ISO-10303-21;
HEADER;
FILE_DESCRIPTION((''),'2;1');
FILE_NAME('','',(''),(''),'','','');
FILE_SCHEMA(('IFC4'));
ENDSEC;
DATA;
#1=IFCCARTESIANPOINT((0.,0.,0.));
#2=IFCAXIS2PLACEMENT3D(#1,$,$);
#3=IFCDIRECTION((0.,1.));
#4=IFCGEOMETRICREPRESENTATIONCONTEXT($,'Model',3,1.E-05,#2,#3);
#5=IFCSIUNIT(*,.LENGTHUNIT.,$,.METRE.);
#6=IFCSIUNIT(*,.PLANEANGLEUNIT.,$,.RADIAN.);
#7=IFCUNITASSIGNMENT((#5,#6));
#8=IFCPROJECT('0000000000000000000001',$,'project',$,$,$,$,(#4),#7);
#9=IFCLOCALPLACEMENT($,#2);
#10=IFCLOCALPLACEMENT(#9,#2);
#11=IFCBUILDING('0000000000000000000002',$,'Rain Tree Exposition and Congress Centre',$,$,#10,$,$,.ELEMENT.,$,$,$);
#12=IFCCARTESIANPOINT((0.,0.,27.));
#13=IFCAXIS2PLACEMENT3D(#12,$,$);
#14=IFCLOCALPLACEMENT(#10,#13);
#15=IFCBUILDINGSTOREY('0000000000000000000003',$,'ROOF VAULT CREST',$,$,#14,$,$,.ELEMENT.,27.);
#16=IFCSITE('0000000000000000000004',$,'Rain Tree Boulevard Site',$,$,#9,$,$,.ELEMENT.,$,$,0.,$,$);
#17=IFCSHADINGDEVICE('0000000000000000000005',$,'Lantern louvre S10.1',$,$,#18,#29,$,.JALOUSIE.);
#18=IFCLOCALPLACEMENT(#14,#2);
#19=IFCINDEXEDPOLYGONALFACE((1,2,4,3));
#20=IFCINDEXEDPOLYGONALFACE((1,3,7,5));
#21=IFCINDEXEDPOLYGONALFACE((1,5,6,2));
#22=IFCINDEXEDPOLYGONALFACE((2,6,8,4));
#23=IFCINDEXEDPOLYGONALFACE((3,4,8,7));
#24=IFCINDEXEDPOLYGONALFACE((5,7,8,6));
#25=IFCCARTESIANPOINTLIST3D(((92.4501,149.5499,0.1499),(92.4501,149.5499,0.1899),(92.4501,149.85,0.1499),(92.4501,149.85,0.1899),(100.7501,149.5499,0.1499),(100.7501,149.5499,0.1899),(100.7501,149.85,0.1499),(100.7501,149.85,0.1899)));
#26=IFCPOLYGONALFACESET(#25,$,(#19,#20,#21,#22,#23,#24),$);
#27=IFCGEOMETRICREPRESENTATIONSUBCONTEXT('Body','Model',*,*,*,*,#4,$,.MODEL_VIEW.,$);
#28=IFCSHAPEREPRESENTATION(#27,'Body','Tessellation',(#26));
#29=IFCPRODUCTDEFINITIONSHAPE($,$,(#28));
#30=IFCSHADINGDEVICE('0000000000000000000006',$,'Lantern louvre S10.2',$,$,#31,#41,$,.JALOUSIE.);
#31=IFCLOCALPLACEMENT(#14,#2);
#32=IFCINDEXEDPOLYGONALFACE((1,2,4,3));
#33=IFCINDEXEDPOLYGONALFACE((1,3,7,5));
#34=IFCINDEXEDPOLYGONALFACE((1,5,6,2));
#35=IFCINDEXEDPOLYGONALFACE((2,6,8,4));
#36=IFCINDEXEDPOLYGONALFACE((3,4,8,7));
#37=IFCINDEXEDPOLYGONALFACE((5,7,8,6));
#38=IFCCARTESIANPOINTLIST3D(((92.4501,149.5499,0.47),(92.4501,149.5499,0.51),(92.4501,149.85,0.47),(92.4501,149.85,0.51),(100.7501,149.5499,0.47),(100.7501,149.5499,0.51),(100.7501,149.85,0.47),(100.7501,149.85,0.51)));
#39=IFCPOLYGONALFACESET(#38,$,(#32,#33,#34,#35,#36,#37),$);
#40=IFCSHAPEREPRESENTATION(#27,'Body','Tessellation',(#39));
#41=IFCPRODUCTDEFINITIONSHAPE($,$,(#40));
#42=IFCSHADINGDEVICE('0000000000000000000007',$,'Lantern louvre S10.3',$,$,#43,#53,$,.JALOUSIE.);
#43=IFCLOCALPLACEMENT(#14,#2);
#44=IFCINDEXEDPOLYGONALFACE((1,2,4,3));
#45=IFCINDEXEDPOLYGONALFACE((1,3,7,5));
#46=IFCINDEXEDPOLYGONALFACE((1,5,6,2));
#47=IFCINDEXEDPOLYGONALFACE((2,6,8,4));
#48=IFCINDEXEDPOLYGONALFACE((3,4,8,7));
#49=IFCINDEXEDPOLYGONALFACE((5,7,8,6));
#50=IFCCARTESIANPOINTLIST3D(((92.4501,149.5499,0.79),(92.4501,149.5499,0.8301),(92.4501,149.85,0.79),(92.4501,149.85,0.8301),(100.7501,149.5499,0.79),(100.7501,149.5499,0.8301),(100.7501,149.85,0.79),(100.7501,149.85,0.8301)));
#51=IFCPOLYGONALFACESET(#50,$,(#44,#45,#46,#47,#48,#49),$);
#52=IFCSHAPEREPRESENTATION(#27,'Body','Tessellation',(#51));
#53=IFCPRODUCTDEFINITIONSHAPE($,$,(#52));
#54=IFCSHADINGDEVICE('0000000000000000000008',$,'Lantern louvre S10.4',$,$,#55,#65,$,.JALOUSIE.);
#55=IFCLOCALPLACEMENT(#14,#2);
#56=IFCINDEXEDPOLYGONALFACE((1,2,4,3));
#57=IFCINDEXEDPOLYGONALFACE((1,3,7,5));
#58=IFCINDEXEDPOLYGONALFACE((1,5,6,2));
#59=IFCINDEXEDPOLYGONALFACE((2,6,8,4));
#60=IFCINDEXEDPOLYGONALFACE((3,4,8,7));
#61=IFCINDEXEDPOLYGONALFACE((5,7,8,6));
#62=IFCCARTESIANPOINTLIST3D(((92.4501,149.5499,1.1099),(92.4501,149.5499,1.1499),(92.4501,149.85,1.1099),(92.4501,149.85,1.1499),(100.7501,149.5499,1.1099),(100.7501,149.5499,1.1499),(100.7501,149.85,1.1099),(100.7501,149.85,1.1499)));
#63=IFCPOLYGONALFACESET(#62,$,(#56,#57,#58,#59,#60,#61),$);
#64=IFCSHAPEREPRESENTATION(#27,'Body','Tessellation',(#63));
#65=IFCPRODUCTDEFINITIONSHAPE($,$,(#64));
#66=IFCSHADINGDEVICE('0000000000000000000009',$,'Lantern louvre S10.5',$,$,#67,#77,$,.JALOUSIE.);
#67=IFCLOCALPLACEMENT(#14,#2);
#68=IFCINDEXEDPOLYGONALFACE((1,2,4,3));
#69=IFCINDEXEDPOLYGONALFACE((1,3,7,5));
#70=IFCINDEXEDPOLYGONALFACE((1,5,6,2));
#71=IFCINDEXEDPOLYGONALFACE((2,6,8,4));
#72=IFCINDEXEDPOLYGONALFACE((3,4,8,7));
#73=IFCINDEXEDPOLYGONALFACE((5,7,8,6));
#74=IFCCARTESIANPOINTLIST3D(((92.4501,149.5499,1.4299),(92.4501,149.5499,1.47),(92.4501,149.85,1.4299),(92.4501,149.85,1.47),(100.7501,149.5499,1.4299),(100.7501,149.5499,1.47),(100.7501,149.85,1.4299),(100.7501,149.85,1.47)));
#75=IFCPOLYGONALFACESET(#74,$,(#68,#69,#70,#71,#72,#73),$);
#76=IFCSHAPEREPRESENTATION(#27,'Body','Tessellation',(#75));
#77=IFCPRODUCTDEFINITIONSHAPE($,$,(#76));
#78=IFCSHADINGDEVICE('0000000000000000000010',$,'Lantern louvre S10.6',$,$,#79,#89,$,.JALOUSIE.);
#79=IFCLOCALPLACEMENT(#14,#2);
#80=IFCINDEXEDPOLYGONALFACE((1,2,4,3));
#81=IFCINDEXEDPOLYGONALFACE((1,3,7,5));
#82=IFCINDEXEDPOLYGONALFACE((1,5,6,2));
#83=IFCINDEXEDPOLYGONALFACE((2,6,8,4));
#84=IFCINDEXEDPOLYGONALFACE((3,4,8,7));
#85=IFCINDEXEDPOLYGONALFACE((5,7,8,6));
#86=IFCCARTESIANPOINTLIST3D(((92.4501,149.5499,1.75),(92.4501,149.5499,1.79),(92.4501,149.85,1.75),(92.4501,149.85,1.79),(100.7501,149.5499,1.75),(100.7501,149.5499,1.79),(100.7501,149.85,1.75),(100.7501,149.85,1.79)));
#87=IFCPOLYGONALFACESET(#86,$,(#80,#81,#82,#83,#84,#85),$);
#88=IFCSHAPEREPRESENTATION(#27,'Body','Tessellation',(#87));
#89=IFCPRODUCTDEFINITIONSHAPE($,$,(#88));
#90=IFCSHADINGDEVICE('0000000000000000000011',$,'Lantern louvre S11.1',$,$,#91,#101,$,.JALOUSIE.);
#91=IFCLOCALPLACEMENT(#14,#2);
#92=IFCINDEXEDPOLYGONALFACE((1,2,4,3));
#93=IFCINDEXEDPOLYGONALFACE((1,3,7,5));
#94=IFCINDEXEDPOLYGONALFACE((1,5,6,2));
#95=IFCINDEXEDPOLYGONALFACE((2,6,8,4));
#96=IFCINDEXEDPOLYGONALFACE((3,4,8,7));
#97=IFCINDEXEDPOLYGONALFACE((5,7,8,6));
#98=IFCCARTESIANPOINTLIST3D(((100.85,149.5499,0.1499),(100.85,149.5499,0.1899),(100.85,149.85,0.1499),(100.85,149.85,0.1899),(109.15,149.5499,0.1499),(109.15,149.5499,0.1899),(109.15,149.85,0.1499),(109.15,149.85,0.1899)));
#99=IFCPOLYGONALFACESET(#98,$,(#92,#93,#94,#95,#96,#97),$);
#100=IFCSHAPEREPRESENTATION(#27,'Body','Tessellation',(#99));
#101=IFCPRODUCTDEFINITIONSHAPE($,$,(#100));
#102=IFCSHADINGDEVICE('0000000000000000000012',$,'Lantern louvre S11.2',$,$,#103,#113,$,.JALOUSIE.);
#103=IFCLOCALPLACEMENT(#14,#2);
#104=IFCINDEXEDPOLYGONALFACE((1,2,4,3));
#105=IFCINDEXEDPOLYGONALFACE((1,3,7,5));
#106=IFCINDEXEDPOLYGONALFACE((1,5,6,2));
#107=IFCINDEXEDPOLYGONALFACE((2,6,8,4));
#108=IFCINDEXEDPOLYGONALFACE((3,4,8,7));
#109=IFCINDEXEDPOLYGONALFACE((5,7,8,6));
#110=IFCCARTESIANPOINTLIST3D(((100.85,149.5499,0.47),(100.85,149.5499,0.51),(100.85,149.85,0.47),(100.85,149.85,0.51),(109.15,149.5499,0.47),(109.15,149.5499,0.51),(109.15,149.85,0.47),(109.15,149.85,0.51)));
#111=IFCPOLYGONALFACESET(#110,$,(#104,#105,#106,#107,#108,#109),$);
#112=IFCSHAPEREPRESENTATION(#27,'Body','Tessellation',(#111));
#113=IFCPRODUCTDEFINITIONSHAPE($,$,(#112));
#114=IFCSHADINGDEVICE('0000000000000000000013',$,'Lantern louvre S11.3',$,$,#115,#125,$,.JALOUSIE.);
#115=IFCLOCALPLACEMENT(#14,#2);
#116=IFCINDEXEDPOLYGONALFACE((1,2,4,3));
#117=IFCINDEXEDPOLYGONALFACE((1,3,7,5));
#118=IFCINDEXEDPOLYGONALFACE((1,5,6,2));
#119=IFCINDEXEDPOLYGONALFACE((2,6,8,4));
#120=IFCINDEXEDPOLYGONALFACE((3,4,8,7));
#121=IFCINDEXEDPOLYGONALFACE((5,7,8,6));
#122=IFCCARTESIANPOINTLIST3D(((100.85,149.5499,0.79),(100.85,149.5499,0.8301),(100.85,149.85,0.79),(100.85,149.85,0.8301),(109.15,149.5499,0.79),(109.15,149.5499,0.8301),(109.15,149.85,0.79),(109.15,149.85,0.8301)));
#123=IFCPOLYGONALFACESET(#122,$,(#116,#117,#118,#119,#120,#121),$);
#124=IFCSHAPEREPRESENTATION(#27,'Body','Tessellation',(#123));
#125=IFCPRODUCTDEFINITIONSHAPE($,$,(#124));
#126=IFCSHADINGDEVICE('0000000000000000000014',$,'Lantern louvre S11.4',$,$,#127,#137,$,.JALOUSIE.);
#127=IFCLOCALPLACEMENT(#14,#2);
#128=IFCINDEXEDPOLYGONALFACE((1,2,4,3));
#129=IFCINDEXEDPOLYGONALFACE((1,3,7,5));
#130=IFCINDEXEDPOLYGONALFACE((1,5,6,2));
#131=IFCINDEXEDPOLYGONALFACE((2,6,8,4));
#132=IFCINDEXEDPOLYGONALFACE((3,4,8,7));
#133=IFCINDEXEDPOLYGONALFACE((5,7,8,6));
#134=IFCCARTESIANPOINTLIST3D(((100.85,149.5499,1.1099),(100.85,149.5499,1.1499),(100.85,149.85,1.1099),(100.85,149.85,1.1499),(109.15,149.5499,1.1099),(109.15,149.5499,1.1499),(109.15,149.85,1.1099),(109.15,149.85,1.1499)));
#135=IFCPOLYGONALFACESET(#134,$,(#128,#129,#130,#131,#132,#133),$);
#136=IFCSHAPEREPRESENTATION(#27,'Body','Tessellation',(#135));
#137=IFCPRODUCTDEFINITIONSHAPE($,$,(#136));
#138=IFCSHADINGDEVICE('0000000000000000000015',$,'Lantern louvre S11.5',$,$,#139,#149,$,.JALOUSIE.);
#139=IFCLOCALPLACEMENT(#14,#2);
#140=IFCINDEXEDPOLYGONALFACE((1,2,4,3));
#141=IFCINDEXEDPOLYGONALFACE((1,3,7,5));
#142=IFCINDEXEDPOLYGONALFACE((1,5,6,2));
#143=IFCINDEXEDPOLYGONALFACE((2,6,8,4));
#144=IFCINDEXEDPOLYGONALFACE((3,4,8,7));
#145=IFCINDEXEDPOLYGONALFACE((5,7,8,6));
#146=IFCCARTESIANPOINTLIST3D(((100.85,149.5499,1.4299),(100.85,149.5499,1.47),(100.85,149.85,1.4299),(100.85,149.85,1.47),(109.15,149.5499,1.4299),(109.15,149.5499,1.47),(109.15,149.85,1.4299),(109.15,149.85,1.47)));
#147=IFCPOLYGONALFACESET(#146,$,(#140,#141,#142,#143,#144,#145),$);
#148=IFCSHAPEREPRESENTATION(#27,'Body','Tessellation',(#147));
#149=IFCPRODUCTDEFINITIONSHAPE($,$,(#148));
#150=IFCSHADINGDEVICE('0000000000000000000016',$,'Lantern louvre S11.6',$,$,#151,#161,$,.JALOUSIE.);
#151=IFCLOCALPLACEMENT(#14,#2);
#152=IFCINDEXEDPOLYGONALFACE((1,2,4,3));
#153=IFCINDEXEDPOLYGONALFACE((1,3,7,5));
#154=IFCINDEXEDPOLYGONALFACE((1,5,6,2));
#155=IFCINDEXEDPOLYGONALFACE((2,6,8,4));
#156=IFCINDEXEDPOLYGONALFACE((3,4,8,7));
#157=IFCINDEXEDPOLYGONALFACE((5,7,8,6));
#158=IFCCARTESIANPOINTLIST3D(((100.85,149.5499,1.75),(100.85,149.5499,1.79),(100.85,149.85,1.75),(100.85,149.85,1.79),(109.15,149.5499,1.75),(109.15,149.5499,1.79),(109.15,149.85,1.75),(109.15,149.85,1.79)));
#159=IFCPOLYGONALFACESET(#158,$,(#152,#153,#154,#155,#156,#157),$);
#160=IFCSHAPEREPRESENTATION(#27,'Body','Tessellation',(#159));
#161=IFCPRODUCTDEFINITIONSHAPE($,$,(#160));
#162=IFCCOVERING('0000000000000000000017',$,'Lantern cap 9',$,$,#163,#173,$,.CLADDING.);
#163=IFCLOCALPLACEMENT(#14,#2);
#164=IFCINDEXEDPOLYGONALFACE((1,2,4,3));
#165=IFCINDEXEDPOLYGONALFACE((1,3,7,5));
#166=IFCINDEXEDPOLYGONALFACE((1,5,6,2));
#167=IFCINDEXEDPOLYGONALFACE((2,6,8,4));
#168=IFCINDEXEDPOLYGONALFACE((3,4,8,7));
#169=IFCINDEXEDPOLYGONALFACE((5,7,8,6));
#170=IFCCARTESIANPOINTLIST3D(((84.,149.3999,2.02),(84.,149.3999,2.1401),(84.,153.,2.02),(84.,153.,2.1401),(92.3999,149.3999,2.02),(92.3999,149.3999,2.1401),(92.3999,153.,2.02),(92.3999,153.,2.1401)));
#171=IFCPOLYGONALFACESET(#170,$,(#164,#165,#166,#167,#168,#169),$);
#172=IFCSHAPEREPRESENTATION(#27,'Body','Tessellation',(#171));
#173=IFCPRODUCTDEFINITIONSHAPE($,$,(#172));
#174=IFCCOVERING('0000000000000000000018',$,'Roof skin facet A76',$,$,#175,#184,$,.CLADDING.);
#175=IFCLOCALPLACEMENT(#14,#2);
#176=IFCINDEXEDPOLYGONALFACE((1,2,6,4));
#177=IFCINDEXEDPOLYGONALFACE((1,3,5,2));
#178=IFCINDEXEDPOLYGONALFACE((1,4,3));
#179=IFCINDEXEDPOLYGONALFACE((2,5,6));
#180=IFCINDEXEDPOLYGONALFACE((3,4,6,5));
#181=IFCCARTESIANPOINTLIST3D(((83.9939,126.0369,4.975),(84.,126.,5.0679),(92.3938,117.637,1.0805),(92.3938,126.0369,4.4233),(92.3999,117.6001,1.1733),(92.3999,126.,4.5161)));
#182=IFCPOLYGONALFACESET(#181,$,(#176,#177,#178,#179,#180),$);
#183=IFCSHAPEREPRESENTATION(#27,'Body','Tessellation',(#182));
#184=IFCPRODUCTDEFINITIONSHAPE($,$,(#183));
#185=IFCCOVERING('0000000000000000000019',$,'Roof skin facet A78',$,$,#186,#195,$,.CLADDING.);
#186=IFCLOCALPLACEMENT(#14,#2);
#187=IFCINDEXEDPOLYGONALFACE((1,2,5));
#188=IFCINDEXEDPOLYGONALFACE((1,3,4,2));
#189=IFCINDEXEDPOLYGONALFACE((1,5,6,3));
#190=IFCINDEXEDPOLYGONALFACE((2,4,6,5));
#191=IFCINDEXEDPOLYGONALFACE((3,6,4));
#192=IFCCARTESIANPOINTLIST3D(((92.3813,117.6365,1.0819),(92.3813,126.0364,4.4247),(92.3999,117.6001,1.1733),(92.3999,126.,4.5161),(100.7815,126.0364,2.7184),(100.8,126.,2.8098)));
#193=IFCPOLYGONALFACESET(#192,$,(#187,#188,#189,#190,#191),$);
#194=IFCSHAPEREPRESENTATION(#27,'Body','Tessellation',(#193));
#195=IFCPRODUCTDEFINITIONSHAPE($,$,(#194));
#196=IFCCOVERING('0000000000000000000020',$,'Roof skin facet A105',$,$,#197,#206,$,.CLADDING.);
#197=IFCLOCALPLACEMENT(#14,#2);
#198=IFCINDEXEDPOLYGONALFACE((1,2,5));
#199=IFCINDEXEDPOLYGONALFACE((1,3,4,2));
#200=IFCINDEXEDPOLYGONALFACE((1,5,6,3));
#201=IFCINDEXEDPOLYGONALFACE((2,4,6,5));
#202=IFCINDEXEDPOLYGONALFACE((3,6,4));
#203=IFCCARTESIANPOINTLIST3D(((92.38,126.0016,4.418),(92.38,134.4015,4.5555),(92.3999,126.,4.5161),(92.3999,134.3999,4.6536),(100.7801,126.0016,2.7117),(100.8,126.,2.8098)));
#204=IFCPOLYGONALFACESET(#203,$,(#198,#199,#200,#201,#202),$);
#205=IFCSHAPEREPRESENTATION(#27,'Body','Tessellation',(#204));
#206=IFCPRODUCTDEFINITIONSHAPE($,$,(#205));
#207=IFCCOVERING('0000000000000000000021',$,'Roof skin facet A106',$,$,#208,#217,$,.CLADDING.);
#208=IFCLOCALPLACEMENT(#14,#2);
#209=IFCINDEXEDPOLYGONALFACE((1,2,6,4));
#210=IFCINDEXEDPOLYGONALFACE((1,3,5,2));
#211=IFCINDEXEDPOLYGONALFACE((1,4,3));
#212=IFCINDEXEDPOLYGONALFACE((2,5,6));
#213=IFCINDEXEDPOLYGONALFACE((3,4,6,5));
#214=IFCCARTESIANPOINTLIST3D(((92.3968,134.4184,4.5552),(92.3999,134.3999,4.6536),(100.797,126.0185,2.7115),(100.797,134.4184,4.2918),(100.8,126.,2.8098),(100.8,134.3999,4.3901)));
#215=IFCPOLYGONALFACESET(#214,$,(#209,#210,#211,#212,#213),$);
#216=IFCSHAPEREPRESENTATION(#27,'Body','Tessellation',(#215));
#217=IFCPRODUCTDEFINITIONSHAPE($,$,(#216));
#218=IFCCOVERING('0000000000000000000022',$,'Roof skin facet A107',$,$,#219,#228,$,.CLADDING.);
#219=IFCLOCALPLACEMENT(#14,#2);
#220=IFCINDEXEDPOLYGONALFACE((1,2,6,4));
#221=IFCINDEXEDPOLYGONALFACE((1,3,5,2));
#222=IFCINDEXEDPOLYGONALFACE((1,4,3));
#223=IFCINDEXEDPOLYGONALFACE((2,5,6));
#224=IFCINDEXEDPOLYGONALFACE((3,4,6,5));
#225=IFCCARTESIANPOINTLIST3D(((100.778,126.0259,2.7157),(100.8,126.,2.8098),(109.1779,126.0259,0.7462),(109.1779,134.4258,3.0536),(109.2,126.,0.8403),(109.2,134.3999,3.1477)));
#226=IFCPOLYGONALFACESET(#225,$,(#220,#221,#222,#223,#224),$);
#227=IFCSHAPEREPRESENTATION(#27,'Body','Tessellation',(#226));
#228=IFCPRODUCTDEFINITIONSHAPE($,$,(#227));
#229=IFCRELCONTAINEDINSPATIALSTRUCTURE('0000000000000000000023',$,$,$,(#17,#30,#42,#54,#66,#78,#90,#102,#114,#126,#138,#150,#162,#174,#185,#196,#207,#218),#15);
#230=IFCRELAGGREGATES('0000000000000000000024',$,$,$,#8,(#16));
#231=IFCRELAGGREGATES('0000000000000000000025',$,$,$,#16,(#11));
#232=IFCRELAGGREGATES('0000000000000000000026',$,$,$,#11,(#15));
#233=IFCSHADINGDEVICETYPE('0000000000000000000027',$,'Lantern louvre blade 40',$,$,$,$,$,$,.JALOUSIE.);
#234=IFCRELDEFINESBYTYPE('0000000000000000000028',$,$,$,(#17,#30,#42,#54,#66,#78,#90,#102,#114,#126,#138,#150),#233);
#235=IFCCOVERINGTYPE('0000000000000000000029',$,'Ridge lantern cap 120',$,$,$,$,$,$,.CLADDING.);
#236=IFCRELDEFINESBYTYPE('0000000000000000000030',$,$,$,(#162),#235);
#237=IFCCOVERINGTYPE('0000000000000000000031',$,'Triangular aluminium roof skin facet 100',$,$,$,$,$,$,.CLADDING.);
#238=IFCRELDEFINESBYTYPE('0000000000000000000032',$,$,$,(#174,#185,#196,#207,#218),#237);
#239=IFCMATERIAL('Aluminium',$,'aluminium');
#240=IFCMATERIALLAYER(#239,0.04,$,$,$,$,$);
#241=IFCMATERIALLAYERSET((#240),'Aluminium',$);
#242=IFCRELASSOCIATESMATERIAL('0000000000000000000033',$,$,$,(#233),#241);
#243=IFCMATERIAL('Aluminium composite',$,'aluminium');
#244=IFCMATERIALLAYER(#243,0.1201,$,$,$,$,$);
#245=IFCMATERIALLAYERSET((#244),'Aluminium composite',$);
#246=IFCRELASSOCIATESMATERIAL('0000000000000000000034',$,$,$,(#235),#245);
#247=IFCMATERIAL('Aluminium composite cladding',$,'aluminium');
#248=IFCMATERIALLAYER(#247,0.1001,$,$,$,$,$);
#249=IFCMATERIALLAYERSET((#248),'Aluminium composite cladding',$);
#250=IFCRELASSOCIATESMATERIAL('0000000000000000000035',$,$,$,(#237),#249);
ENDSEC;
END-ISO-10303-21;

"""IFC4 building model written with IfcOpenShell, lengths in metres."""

from ifc_helpers import new_model, si_unit, direction, frame, origin, origin_2d, place, context, subcontext, project, spatial, polyline, rectangle, outline, extrude, material, layer, layer_set, type_object, element, save


model = new_model("IFC4")

# Units and contexts
model_context = context("Model", 3, precision=1e-05, world=origin(), true_north=direction((0.0, 1.0)))
body_context = subcontext(model_context, "Body", "Model", "MODEL_VIEW")
ifc_project = project(units=[si_unit("LENGTHUNIT", "METRE"), si_unit("PLANEANGLEUNIT", "RADIAN")], contexts=[model_context])

# Site, building, storey
site_placement = place(None, origin())
site = spatial("IfcSite", under=ifc_project, at=site_placement, Name="Rain Tree Boulevard Site", CompositionType="ELEMENT", RefElevation=0.0)
building_placement = place(site_placement, origin())
building = spatial("IfcBuilding", under=site, at=building_placement, Name="Rain Tree Exposition and Congress Centre", CompositionType="ELEMENT")
storey_placement = place(building_placement, frame((0.0, 0.0, 27.0)))
storey = spatial("IfcBuildingStorey", under=building, at=storey_placement, Name="ROOF VAULT CREST", CompositionType="ELEMENT", Elevation=27.0)

# Shading devices
ifc_material_1 = material(Name="Aluminium", Category="aluminium")
ifc_layer_1 = layer(ifc_material_1, 0.04)
ifc_layer_set_1 = layer_set([ifc_layer_1], Name="Aluminium")
shading_device_type = type_object("IfcShadingDeviceType", Name="Lantern louvre blade 40", PredefinedType="JALOUSIE", material=ifc_layer_set_1)
for number, where, z_axis, x_axis, name in (
    (1, (96.6001, 149.7, 0.1499), (0.0, 0.0, 1.0), (1.0, 0.0, 0.0), "Lantern louvre S10.1"),
    (2, (96.6001, 149.7, 0.47), (0.0, 0.0, 1.0), (1.0, 0.0, 0.0), "Lantern louvre S10.2"),
    (3, (96.6001, 149.7, 0.79), (0.0, 0.0, 1.0), (1.0, 0.0, 0.0), "Lantern louvre S10.3"),
    (4, (96.6001, 149.7, 1.1099), (0.0, 0.0, 1.0), (1.0, 0.0, 0.0), "Lantern louvre S10.4"),
    (5, (96.6001, 149.7, 1.4299), (0.0, 0.0, 1.0), (1.0, 0.0, 0.0), "Lantern louvre S10.5"),
    (6, (96.6001, 149.7, 1.75), (0.0, 0.0, 1.0), (1.0, 0.0, 0.0), "Lantern louvre S10.6"),
    (7, (105.0, 149.7, 0.1499), (0.0, 0.0, 1.0), (1.0, 0.0, 0.0), "Lantern louvre S11.1"),
    (8, (105.0, 149.7, 0.47), (0.0, 0.0, 1.0), (1.0, 0.0, 0.0), "Lantern louvre S11.2"),
    (9, (105.0, 149.7, 0.79), (0.0, 0.0, 1.0), (1.0, 0.0, 0.0), "Lantern louvre S11.3"),
    (10, (105.0, 149.7, 1.1099), (0.0, 0.0, 1.0), (1.0, 0.0, 0.0), "Lantern louvre S11.4"),
    (11, (105.0, 149.7, 1.4299), (0.0, 0.0, 1.0), (1.0, 0.0, 0.0), "Lantern louvre S11.5"),
    (12, (105.0, 149.7, 1.75), (0.0, 0.0, 1.0), (1.0, 0.0, 0.0), "Lantern louvre S11.6"),
):
    element("IfcShadingDevice", number, at=place(storey_placement, frame(where, z_axis=z_axis, x_axis=x_axis)), inside=storey, type_object=shading_device_type, Name=name, PredefinedType="JALOUSIE", context=body_context, shape_type="SweptSolid", body=[
        extrude(rectangle(XDim=8.3, YDim=0.3, at=origin_2d()), origin(), (0.0, 0.0, 1.0), 0.04),
    ])

# Coverings
ifc_material_2 = material(Name="Aluminium composite", Category="aluminium")
ifc_layer_2 = layer(ifc_material_2, 0.1201)
ifc_layer_set_2 = layer_set([ifc_layer_2], Name="Aluminium composite")
covering_type_1 = type_object("IfcCoveringType", Name="Ridge lantern cap 120", PredefinedType="CLADDING", material=ifc_layer_set_2)
covering_1_placement = place(storey_placement, frame((88.2, 151.2, 2.02), z_axis=(0.0, 0.0, 1.0), x_axis=(1.0, 0.0, 0.0)))
element("IfcCovering", 13, at=covering_1_placement, inside=storey, type_object=covering_type_1, Name="Lantern cap 9", PredefinedType="CLADDING", context=body_context, shape_type="SweptSolid", body=[
    extrude(rectangle(XDim=8.3999, YDim=3.6001, at=origin_2d()), origin(), (0.0, 0.0, 1.0), 0.1201),
])
ifc_material_3 = material(Name="Aluminium composite cladding", Category="aluminium")
ifc_layer_3 = layer(ifc_material_3, 0.1001)
ifc_layer_set_3 = layer_set([ifc_layer_3], Name="Aluminium composite cladding")
covering_type_2 = type_object("IfcCoveringType", Name="Triangular aluminium roof skin facet 100", PredefinedType="CLADDING", material=ifc_layer_set_3)
covering_2_placement = place(storey_placement, frame((92.3999, 117.6001, 1.1733), z_axis=(0.060918, -0.369064, 0.927405), x_axis=(0.0, 0.929131, 0.369751)))
element("IfcCovering", 14, at=covering_2_placement, inside=storey, type_object=covering_type_2, Name="Roof skin facet A76", PredefinedType="CLADDING", context=body_context, shape_type="SweptSolid", body=[
    extrude(outline(polyline([(0.0, 0.0), (9.0406, 0.0), (9.2446, 8.4155), (0.0, 0.0)])), origin(), (0.0, 0.0, -1.0), 0.1001),
])
covering_3_placement = place(storey_placement, frame((92.3999, 117.6001, 1.1733), z_axis=(0.185458, -0.363337, 0.913012), x_axis=(0.700502, 0.700481, 0.136468)))
element("IfcCovering", 15, at=covering_3_placement, inside=storey, type_object=covering_type_2, Name="Roof skin facet A78", PredefinedType="CLADDING", context=body_context, shape_type="SweptSolid", body=[
    extrude(outline(polyline([(0.0, 0.0), (11.9916, 0.0), (6.3402, 6.4448), (0.0, 0.0)])), origin(), (0.0, 0.0, -1.0), 0.1001),
])
covering_4_placement = place(storey_placement, frame((92.3999, 126.0, 4.5161), z_axis=(0.199036, -0.016034, 0.979861), x_axis=(0.979987, 0.0, -0.199062)))
element("IfcCovering", 16, at=covering_4_placement, inside=storey, type_object=covering_type_2, Name="Roof skin facet A105", PredefinedType="CLADDING", context=body_context, shape_type="SweptSolid", body=[
    extrude(outline(polyline([(0.0, 0.0), (8.5717, 0.0), (-0.0274, 8.401), (0.0, 0.0)])), origin(), (0.0, 0.0, -1.0), 0.1001),
])
covering_5_placement = place(storey_placement, frame((100.8, 126.0, 2.8098), z_axis=(0.030805, -0.184804, 0.982292), x_axis=(0.0, 0.982759, 0.184892)))
element("IfcCovering", 17, at=covering_5_placement, inside=storey, type_object=covering_type_2, Name="Roof skin facet A106", PredefinedType="CLADDING", context=body_context, shape_type="SweptSolid", body=[
    extrude(outline(polyline([(0.0, 0.0), (8.5473, 0.0), (8.596, 8.4041), (0.0, 0.0)])), origin(), (0.0, 0.0, -1.0), 0.1001),
])
covering_6_placement = place(storey_placement, frame((100.8, 126.0, 2.8098), z_axis=(0.220524, -0.258358, 0.940542), x_axis=(0.973597, 0.0, -0.228274)))
element("IfcCovering", 18, at=covering_6_placement, inside=storey, type_object=covering_type_2, Name="Roof skin facet A107", PredefinedType="CLADDING", context=body_context, shape_type="SweptSolid", body=[
    extrude(outline(polyline([(0.0, 0.0), (8.6277, 0.0), (8.101, 8.6951), (0.0, 0.0)])), origin(), (0.0, 0.0, -1.0), 0.1001),
])

save(model, "model.ifc")
